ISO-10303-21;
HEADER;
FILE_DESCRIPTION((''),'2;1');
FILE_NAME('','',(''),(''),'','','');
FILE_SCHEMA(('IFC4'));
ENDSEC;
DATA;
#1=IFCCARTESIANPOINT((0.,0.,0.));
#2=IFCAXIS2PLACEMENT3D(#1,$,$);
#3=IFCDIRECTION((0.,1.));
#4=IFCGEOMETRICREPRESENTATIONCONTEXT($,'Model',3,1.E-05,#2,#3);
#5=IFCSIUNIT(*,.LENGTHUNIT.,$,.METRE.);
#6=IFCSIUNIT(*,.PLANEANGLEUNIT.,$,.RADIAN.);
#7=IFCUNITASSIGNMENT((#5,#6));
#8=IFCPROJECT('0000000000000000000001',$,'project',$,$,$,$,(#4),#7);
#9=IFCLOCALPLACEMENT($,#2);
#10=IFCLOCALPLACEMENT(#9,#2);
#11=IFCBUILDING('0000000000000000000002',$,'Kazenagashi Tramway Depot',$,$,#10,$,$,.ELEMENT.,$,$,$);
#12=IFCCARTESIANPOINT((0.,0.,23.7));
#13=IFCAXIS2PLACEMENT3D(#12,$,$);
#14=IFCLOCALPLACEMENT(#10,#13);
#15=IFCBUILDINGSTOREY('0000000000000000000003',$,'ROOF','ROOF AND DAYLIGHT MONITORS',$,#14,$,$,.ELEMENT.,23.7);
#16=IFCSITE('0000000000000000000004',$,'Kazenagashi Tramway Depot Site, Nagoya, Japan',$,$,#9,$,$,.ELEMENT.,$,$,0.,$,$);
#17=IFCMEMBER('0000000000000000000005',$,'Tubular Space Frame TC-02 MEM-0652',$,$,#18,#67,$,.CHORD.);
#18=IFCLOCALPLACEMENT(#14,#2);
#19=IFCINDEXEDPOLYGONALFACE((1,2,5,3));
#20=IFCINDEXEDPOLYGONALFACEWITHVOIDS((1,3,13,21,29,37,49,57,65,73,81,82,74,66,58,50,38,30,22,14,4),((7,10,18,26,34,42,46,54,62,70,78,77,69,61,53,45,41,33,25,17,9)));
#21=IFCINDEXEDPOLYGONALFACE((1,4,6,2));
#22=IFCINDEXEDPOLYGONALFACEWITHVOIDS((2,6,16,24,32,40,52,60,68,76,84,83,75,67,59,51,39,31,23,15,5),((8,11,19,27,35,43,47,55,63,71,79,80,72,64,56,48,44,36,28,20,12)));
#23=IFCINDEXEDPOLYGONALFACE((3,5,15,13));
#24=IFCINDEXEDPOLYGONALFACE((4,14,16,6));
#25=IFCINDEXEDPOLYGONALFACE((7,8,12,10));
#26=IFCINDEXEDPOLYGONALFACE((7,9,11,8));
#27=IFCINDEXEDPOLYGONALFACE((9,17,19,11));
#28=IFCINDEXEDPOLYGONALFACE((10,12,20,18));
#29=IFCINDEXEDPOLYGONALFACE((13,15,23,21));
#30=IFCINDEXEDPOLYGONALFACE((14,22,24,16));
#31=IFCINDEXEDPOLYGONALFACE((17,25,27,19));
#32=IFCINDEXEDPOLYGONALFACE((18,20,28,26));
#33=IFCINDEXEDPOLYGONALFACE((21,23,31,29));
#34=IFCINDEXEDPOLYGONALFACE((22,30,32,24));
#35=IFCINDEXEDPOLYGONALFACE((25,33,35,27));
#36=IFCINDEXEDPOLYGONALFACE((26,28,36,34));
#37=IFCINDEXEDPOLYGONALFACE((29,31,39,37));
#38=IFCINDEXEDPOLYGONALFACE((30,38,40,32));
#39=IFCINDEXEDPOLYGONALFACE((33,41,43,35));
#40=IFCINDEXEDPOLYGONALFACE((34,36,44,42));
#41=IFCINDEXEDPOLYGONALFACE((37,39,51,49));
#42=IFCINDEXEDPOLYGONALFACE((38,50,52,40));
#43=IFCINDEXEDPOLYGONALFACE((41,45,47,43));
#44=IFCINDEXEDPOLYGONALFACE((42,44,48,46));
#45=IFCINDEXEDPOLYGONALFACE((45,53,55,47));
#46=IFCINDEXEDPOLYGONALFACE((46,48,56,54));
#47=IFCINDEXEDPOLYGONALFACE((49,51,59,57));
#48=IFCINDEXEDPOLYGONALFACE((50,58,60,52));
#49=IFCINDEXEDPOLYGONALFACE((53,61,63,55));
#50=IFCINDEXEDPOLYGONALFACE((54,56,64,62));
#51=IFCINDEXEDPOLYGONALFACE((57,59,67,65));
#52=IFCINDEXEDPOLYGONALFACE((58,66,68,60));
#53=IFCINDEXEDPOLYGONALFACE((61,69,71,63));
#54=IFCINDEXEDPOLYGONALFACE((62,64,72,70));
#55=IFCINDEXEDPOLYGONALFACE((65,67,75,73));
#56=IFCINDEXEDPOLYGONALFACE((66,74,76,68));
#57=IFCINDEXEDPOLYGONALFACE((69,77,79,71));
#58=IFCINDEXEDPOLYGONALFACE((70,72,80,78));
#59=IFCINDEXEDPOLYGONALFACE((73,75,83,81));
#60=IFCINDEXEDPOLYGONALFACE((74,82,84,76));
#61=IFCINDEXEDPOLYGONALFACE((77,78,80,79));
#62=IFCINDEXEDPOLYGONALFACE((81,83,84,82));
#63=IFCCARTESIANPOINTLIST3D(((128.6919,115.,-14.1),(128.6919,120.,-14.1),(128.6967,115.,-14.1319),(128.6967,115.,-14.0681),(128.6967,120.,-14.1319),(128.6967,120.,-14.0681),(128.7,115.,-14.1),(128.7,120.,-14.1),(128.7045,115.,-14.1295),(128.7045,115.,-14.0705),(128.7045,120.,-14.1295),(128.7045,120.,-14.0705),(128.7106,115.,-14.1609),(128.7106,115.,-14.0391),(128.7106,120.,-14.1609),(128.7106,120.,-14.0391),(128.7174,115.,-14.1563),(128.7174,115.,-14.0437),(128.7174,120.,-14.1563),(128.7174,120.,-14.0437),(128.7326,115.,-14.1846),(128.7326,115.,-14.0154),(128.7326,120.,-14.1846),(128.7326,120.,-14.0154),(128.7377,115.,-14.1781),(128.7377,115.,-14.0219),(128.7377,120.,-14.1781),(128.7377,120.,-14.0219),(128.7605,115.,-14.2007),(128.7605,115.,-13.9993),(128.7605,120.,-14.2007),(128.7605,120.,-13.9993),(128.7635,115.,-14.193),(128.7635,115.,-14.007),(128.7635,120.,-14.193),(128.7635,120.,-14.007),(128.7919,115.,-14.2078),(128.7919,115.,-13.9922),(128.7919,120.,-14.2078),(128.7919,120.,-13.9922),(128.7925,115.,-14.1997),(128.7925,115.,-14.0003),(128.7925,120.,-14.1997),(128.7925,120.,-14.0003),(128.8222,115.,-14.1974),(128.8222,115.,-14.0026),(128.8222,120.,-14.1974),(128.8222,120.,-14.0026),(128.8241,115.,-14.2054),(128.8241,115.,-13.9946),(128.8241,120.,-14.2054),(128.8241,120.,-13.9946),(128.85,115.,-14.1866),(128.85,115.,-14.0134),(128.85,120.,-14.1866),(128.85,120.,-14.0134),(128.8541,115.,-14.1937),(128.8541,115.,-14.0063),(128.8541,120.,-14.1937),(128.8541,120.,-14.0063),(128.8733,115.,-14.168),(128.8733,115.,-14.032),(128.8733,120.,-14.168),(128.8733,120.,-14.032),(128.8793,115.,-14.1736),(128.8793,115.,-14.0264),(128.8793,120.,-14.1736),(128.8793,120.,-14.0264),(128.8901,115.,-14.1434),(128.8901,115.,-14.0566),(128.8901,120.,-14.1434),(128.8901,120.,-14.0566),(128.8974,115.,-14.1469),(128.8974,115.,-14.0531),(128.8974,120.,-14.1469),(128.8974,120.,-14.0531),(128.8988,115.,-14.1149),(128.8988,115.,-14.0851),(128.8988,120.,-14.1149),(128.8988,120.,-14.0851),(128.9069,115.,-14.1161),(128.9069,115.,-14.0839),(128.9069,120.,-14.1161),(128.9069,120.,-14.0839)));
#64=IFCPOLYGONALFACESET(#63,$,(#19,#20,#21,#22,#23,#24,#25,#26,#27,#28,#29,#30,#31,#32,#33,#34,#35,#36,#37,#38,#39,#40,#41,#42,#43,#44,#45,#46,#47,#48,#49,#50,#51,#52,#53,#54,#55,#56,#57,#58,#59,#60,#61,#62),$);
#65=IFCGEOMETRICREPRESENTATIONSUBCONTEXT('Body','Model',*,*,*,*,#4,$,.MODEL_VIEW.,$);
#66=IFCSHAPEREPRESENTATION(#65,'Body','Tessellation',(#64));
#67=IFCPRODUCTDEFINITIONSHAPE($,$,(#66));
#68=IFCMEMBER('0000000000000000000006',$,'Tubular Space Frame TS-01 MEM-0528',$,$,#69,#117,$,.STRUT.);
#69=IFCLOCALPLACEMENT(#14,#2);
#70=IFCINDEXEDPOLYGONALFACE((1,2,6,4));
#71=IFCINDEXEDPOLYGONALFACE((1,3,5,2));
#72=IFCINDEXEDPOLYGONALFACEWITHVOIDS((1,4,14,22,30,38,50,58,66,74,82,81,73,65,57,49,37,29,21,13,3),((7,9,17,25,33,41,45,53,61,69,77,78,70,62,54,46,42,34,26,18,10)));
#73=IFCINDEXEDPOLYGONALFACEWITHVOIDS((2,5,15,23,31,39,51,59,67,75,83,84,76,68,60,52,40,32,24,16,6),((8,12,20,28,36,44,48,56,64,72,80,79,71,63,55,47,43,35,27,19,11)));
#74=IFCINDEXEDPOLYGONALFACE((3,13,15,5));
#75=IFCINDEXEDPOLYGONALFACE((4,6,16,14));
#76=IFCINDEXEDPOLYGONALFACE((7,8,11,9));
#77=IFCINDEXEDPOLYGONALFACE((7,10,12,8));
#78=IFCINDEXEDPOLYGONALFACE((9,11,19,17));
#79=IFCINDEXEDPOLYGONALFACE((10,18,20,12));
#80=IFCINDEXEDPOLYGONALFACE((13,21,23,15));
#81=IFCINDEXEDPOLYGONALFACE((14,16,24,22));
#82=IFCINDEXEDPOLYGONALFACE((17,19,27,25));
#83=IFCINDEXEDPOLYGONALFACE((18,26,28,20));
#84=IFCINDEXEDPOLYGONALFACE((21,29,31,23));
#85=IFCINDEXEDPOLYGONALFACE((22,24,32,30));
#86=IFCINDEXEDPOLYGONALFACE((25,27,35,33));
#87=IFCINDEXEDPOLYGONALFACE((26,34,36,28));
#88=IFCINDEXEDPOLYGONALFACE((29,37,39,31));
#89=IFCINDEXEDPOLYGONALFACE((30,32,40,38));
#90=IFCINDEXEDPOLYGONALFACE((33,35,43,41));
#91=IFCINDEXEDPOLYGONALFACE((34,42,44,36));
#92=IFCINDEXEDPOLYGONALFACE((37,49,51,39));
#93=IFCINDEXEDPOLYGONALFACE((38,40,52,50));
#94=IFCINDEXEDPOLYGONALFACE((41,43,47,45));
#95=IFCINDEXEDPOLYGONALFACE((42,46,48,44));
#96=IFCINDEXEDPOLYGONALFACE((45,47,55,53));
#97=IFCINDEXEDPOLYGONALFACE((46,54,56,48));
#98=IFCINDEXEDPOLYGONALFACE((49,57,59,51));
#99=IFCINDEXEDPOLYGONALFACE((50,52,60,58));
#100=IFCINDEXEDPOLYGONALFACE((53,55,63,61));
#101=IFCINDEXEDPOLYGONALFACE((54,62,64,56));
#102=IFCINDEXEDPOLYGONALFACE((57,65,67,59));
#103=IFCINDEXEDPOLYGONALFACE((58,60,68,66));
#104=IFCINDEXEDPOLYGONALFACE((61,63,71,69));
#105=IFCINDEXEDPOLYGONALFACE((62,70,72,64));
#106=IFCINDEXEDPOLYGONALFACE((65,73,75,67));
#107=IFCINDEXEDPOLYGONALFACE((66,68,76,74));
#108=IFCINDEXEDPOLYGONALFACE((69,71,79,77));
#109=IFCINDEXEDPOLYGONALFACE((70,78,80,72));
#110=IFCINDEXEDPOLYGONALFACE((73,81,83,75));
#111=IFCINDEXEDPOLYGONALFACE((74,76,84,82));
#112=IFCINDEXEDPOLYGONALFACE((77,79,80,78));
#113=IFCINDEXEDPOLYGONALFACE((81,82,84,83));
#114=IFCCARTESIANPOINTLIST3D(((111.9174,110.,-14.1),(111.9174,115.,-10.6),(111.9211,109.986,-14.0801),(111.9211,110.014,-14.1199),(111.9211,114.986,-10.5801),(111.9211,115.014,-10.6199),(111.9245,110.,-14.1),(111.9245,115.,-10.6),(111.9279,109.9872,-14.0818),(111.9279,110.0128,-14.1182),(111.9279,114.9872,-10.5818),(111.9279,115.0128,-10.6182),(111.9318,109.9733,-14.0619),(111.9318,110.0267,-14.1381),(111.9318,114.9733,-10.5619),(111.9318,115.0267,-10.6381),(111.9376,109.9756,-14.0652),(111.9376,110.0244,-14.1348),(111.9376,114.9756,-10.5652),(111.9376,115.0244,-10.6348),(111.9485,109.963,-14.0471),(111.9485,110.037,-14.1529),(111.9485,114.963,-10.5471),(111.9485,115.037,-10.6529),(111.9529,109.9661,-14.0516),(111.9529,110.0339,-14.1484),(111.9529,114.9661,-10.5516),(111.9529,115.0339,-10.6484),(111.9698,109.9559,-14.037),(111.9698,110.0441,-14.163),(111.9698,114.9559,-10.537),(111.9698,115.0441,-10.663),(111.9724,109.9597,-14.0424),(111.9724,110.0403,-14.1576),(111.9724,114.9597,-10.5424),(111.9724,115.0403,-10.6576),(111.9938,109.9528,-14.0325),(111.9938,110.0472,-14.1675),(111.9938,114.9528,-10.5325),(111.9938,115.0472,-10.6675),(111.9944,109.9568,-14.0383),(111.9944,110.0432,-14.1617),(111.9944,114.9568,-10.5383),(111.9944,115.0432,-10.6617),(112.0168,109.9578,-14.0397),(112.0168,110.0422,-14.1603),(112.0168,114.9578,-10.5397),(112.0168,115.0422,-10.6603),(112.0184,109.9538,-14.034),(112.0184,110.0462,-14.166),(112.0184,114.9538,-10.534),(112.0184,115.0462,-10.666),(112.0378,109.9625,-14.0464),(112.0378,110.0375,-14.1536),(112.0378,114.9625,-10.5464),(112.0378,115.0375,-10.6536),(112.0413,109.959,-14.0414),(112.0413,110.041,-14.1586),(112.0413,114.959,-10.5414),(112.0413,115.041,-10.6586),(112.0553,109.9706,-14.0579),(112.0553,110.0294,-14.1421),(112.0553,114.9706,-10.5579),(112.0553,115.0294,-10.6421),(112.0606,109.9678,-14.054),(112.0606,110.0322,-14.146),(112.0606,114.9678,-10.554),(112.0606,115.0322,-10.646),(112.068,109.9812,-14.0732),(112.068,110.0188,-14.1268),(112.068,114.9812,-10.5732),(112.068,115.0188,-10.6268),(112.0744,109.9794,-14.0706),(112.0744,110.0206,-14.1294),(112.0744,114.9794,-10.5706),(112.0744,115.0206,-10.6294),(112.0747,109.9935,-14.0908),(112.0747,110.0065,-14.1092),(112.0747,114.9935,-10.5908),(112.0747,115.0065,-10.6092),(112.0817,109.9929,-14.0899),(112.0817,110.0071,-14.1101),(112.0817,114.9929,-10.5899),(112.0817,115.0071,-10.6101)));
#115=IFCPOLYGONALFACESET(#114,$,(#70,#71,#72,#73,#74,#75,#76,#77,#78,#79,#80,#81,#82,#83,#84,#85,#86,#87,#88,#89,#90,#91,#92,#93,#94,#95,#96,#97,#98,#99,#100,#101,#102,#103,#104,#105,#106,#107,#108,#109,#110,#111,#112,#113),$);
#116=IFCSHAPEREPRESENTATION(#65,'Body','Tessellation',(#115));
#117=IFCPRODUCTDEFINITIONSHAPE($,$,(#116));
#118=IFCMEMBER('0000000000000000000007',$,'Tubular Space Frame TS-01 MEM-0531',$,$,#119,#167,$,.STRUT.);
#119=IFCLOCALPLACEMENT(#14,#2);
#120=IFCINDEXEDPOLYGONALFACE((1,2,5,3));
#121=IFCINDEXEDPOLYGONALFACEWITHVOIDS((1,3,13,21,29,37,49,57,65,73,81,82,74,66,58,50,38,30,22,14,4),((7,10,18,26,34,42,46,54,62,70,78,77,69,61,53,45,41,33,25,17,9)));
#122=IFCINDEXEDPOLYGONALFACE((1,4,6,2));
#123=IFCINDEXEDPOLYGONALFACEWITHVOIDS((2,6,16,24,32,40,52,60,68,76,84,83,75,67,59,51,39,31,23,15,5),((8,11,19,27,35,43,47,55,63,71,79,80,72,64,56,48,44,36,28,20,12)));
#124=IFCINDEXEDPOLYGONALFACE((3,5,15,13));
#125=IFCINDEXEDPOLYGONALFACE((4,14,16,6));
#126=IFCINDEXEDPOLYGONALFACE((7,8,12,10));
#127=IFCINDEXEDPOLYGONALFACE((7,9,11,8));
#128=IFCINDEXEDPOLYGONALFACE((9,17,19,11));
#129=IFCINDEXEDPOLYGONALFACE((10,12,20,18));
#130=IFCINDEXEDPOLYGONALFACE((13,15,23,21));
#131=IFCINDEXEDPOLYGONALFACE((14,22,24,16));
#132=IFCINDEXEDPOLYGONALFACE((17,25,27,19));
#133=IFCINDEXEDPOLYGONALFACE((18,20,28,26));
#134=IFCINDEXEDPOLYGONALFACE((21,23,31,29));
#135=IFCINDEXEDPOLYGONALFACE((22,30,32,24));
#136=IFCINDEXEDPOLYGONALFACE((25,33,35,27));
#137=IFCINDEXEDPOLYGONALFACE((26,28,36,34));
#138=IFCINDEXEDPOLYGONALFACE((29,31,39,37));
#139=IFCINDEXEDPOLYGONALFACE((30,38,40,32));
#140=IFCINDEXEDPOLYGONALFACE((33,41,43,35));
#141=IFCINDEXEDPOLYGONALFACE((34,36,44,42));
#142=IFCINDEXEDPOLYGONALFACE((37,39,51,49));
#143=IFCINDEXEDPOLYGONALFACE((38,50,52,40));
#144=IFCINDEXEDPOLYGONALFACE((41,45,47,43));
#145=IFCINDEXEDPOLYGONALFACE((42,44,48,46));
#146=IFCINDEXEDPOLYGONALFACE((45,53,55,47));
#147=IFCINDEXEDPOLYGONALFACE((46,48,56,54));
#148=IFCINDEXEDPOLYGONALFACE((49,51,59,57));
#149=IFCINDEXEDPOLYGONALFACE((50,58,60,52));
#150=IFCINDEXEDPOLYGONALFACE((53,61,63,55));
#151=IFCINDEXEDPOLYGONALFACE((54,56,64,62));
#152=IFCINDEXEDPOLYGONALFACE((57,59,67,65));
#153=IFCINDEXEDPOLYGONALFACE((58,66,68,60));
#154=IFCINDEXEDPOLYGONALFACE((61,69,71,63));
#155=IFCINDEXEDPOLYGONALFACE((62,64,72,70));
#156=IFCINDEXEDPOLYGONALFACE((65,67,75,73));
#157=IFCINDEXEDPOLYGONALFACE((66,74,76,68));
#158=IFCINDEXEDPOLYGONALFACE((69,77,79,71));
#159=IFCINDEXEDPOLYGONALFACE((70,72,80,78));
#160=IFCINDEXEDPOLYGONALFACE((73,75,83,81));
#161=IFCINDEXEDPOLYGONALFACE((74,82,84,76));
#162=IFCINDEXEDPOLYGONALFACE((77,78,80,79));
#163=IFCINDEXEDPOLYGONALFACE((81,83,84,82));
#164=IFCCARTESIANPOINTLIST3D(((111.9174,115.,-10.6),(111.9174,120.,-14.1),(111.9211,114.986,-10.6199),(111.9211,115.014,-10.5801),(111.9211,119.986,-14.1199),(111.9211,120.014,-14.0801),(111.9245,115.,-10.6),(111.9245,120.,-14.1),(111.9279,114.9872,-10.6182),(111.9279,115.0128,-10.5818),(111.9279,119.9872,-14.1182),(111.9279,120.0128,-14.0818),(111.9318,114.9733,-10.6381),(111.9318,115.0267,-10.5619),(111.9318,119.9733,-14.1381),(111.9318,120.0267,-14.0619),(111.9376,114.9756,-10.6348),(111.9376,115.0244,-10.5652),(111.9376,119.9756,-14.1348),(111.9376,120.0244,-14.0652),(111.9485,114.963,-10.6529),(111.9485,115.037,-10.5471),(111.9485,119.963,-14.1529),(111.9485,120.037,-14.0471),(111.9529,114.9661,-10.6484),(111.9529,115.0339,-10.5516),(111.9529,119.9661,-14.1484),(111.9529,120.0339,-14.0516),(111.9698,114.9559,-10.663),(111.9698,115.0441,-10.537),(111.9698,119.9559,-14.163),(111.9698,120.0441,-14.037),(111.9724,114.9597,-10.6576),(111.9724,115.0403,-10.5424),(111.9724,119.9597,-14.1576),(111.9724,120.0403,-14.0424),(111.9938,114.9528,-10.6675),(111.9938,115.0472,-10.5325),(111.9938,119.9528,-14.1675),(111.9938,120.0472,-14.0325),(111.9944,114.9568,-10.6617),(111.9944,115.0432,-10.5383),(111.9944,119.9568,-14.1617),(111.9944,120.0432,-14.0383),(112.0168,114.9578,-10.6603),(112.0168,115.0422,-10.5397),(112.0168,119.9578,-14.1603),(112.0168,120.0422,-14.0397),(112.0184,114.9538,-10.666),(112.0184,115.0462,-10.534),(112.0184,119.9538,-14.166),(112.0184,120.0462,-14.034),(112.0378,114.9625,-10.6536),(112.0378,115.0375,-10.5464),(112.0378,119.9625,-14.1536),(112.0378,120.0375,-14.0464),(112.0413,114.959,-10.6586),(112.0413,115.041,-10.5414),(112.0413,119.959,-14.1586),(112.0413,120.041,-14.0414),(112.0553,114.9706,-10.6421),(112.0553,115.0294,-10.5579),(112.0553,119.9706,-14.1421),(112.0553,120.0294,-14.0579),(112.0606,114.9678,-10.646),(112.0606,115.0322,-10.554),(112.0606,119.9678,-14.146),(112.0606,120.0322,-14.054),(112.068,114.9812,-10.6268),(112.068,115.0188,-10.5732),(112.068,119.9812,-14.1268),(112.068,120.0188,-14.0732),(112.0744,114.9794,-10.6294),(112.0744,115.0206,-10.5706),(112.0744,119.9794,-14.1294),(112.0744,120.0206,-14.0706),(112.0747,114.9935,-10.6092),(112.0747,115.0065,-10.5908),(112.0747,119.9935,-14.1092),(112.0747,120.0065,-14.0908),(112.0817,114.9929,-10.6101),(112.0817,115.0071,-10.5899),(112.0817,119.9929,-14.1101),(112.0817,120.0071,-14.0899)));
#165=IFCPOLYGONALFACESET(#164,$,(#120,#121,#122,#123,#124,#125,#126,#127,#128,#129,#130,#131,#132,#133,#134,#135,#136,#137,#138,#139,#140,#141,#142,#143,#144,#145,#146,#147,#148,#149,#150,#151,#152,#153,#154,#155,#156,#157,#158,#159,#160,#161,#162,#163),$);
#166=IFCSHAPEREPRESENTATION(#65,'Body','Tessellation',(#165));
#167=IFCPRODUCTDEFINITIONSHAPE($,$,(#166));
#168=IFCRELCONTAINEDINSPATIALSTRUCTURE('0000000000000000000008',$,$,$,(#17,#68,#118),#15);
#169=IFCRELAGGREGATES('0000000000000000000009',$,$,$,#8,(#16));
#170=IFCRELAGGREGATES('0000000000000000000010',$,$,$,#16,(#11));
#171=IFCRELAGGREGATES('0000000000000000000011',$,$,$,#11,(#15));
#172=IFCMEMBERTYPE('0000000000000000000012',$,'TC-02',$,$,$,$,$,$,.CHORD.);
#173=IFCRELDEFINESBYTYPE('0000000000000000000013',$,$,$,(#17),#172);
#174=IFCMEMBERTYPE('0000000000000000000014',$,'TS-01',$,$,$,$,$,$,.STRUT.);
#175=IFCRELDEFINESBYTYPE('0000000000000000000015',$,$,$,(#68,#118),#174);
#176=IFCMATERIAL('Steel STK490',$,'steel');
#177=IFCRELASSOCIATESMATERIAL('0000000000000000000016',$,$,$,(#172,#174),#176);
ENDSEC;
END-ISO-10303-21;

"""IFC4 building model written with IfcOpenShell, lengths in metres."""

from ifc_helpers import new_model, si_unit, direction, frame, origin, origin_2d, place, context, subcontext, project, spatial, hollow_circle, extrude, material, material_profile, profile_set, type_object, element, save


model = new_model("IFC4")

# Units and contexts
model_context = context("Model", 3, precision=1e-05, world=origin(), true_north=direction((0.0, 1.0)))
body_context = subcontext(model_context, "Body", "Model", "MODEL_VIEW")
ifc_project = project(units=[si_unit("LENGTHUNIT", "METRE"), si_unit("PLANEANGLEUNIT", "RADIAN")], contexts=[model_context])

# Site, building, storey
site_placement = place(None, origin())
site = spatial("IfcSite", under=ifc_project, at=site_placement, Name="Kazenagashi Tramway Depot Site, Nagoya, Japan", CompositionType="ELEMENT", RefElevation=0.0)
building_placement = place(site_placement, origin())
building = spatial("IfcBuilding", under=site, at=building_placement, Name="Kazenagashi Tramway Depot", CompositionType="ELEMENT")
storey_placement = place(building_placement, frame((0.0, 0.0, 23.7)))
storey = spatial("IfcBuildingStorey", under=building, at=storey_placement, Name="ROOF", Description="ROOF AND DAYLIGHT MONITORS", CompositionType="ELEMENT", Elevation=23.7)

# Members
ifc_material_1 = material(Name="Steel STK490", Category="steel")
ifc_material_profile_1 = material_profile(ifc_material_1, hollow_circle(Radius=0.1081, WallThickness=0.0082, at=origin_2d()), Name="CHS-216.3x8.2")
ifc_profile_set_1 = profile_set([ifc_material_profile_1], Name="Steel STK490")
member_type_1 = type_object("IfcMemberType", Name="TC-02", PredefinedType="CHORD", material=ifc_profile_set_1)
for number, where, z_axis, x_axis, name in (
    (1, (128.8, 115.0, -14.1), (0.0, 1.0, 0.0), (-1.0, 0.0, 0.0), "Tubular Space Frame TC-02 MEM-0652"),
):
    element("IfcMember", number, at=place(storey_placement, frame(where, z_axis=z_axis, x_axis=x_axis)), inside=storey, type_object=member_type_1, Name=name, PredefinedType="CHORD", context=body_context, shape_type="SweptSolid", body=[
        extrude(hollow_circle(Radius=0.1081, WallThickness=0.0082, at=origin_2d()), origin(), (0.0, 0.0, 1.0), 5.0),
    ])
ifc_material_profile_2 = material_profile(ifc_material_1, hollow_circle(Radius=0.0826, WallThickness=0.0071, at=origin_2d()), Name="CHS-165.2x7.1")
ifc_profile_set_2 = profile_set([ifc_material_profile_2], Name="Steel STK490")
member_type_2 = type_object("IfcMemberType", Name="TS-01", PredefinedType="STRUT", material=ifc_profile_set_2)
for number, where, z_axis, x_axis, name in (
    (2, (112.0, 110.0, -14.1), (0.0, 0.819232, 0.573462), (-1.0, 0.0, 0.0), "Tubular Space Frame TS-01 MEM-0528"),
    (3, (112.0, 115.0, -10.6), (0.0, 0.819232, -0.573462), (-1.0, 0.0, 0.0), "Tubular Space Frame TS-01 MEM-0531"),
):
    element("IfcMember", number, at=place(storey_placement, frame(where, z_axis=z_axis, x_axis=x_axis)), inside=storey, type_object=member_type_2, Name=name, PredefinedType="STRUT", context=body_context, shape_type="SweptSolid", body=[
        extrude(hollow_circle(Radius=0.0826, WallThickness=0.0071, at=origin_2d()), origin(), (0.0, 0.0, 1.0), 6.1033),
    ])

save(model, "model.ifc")
